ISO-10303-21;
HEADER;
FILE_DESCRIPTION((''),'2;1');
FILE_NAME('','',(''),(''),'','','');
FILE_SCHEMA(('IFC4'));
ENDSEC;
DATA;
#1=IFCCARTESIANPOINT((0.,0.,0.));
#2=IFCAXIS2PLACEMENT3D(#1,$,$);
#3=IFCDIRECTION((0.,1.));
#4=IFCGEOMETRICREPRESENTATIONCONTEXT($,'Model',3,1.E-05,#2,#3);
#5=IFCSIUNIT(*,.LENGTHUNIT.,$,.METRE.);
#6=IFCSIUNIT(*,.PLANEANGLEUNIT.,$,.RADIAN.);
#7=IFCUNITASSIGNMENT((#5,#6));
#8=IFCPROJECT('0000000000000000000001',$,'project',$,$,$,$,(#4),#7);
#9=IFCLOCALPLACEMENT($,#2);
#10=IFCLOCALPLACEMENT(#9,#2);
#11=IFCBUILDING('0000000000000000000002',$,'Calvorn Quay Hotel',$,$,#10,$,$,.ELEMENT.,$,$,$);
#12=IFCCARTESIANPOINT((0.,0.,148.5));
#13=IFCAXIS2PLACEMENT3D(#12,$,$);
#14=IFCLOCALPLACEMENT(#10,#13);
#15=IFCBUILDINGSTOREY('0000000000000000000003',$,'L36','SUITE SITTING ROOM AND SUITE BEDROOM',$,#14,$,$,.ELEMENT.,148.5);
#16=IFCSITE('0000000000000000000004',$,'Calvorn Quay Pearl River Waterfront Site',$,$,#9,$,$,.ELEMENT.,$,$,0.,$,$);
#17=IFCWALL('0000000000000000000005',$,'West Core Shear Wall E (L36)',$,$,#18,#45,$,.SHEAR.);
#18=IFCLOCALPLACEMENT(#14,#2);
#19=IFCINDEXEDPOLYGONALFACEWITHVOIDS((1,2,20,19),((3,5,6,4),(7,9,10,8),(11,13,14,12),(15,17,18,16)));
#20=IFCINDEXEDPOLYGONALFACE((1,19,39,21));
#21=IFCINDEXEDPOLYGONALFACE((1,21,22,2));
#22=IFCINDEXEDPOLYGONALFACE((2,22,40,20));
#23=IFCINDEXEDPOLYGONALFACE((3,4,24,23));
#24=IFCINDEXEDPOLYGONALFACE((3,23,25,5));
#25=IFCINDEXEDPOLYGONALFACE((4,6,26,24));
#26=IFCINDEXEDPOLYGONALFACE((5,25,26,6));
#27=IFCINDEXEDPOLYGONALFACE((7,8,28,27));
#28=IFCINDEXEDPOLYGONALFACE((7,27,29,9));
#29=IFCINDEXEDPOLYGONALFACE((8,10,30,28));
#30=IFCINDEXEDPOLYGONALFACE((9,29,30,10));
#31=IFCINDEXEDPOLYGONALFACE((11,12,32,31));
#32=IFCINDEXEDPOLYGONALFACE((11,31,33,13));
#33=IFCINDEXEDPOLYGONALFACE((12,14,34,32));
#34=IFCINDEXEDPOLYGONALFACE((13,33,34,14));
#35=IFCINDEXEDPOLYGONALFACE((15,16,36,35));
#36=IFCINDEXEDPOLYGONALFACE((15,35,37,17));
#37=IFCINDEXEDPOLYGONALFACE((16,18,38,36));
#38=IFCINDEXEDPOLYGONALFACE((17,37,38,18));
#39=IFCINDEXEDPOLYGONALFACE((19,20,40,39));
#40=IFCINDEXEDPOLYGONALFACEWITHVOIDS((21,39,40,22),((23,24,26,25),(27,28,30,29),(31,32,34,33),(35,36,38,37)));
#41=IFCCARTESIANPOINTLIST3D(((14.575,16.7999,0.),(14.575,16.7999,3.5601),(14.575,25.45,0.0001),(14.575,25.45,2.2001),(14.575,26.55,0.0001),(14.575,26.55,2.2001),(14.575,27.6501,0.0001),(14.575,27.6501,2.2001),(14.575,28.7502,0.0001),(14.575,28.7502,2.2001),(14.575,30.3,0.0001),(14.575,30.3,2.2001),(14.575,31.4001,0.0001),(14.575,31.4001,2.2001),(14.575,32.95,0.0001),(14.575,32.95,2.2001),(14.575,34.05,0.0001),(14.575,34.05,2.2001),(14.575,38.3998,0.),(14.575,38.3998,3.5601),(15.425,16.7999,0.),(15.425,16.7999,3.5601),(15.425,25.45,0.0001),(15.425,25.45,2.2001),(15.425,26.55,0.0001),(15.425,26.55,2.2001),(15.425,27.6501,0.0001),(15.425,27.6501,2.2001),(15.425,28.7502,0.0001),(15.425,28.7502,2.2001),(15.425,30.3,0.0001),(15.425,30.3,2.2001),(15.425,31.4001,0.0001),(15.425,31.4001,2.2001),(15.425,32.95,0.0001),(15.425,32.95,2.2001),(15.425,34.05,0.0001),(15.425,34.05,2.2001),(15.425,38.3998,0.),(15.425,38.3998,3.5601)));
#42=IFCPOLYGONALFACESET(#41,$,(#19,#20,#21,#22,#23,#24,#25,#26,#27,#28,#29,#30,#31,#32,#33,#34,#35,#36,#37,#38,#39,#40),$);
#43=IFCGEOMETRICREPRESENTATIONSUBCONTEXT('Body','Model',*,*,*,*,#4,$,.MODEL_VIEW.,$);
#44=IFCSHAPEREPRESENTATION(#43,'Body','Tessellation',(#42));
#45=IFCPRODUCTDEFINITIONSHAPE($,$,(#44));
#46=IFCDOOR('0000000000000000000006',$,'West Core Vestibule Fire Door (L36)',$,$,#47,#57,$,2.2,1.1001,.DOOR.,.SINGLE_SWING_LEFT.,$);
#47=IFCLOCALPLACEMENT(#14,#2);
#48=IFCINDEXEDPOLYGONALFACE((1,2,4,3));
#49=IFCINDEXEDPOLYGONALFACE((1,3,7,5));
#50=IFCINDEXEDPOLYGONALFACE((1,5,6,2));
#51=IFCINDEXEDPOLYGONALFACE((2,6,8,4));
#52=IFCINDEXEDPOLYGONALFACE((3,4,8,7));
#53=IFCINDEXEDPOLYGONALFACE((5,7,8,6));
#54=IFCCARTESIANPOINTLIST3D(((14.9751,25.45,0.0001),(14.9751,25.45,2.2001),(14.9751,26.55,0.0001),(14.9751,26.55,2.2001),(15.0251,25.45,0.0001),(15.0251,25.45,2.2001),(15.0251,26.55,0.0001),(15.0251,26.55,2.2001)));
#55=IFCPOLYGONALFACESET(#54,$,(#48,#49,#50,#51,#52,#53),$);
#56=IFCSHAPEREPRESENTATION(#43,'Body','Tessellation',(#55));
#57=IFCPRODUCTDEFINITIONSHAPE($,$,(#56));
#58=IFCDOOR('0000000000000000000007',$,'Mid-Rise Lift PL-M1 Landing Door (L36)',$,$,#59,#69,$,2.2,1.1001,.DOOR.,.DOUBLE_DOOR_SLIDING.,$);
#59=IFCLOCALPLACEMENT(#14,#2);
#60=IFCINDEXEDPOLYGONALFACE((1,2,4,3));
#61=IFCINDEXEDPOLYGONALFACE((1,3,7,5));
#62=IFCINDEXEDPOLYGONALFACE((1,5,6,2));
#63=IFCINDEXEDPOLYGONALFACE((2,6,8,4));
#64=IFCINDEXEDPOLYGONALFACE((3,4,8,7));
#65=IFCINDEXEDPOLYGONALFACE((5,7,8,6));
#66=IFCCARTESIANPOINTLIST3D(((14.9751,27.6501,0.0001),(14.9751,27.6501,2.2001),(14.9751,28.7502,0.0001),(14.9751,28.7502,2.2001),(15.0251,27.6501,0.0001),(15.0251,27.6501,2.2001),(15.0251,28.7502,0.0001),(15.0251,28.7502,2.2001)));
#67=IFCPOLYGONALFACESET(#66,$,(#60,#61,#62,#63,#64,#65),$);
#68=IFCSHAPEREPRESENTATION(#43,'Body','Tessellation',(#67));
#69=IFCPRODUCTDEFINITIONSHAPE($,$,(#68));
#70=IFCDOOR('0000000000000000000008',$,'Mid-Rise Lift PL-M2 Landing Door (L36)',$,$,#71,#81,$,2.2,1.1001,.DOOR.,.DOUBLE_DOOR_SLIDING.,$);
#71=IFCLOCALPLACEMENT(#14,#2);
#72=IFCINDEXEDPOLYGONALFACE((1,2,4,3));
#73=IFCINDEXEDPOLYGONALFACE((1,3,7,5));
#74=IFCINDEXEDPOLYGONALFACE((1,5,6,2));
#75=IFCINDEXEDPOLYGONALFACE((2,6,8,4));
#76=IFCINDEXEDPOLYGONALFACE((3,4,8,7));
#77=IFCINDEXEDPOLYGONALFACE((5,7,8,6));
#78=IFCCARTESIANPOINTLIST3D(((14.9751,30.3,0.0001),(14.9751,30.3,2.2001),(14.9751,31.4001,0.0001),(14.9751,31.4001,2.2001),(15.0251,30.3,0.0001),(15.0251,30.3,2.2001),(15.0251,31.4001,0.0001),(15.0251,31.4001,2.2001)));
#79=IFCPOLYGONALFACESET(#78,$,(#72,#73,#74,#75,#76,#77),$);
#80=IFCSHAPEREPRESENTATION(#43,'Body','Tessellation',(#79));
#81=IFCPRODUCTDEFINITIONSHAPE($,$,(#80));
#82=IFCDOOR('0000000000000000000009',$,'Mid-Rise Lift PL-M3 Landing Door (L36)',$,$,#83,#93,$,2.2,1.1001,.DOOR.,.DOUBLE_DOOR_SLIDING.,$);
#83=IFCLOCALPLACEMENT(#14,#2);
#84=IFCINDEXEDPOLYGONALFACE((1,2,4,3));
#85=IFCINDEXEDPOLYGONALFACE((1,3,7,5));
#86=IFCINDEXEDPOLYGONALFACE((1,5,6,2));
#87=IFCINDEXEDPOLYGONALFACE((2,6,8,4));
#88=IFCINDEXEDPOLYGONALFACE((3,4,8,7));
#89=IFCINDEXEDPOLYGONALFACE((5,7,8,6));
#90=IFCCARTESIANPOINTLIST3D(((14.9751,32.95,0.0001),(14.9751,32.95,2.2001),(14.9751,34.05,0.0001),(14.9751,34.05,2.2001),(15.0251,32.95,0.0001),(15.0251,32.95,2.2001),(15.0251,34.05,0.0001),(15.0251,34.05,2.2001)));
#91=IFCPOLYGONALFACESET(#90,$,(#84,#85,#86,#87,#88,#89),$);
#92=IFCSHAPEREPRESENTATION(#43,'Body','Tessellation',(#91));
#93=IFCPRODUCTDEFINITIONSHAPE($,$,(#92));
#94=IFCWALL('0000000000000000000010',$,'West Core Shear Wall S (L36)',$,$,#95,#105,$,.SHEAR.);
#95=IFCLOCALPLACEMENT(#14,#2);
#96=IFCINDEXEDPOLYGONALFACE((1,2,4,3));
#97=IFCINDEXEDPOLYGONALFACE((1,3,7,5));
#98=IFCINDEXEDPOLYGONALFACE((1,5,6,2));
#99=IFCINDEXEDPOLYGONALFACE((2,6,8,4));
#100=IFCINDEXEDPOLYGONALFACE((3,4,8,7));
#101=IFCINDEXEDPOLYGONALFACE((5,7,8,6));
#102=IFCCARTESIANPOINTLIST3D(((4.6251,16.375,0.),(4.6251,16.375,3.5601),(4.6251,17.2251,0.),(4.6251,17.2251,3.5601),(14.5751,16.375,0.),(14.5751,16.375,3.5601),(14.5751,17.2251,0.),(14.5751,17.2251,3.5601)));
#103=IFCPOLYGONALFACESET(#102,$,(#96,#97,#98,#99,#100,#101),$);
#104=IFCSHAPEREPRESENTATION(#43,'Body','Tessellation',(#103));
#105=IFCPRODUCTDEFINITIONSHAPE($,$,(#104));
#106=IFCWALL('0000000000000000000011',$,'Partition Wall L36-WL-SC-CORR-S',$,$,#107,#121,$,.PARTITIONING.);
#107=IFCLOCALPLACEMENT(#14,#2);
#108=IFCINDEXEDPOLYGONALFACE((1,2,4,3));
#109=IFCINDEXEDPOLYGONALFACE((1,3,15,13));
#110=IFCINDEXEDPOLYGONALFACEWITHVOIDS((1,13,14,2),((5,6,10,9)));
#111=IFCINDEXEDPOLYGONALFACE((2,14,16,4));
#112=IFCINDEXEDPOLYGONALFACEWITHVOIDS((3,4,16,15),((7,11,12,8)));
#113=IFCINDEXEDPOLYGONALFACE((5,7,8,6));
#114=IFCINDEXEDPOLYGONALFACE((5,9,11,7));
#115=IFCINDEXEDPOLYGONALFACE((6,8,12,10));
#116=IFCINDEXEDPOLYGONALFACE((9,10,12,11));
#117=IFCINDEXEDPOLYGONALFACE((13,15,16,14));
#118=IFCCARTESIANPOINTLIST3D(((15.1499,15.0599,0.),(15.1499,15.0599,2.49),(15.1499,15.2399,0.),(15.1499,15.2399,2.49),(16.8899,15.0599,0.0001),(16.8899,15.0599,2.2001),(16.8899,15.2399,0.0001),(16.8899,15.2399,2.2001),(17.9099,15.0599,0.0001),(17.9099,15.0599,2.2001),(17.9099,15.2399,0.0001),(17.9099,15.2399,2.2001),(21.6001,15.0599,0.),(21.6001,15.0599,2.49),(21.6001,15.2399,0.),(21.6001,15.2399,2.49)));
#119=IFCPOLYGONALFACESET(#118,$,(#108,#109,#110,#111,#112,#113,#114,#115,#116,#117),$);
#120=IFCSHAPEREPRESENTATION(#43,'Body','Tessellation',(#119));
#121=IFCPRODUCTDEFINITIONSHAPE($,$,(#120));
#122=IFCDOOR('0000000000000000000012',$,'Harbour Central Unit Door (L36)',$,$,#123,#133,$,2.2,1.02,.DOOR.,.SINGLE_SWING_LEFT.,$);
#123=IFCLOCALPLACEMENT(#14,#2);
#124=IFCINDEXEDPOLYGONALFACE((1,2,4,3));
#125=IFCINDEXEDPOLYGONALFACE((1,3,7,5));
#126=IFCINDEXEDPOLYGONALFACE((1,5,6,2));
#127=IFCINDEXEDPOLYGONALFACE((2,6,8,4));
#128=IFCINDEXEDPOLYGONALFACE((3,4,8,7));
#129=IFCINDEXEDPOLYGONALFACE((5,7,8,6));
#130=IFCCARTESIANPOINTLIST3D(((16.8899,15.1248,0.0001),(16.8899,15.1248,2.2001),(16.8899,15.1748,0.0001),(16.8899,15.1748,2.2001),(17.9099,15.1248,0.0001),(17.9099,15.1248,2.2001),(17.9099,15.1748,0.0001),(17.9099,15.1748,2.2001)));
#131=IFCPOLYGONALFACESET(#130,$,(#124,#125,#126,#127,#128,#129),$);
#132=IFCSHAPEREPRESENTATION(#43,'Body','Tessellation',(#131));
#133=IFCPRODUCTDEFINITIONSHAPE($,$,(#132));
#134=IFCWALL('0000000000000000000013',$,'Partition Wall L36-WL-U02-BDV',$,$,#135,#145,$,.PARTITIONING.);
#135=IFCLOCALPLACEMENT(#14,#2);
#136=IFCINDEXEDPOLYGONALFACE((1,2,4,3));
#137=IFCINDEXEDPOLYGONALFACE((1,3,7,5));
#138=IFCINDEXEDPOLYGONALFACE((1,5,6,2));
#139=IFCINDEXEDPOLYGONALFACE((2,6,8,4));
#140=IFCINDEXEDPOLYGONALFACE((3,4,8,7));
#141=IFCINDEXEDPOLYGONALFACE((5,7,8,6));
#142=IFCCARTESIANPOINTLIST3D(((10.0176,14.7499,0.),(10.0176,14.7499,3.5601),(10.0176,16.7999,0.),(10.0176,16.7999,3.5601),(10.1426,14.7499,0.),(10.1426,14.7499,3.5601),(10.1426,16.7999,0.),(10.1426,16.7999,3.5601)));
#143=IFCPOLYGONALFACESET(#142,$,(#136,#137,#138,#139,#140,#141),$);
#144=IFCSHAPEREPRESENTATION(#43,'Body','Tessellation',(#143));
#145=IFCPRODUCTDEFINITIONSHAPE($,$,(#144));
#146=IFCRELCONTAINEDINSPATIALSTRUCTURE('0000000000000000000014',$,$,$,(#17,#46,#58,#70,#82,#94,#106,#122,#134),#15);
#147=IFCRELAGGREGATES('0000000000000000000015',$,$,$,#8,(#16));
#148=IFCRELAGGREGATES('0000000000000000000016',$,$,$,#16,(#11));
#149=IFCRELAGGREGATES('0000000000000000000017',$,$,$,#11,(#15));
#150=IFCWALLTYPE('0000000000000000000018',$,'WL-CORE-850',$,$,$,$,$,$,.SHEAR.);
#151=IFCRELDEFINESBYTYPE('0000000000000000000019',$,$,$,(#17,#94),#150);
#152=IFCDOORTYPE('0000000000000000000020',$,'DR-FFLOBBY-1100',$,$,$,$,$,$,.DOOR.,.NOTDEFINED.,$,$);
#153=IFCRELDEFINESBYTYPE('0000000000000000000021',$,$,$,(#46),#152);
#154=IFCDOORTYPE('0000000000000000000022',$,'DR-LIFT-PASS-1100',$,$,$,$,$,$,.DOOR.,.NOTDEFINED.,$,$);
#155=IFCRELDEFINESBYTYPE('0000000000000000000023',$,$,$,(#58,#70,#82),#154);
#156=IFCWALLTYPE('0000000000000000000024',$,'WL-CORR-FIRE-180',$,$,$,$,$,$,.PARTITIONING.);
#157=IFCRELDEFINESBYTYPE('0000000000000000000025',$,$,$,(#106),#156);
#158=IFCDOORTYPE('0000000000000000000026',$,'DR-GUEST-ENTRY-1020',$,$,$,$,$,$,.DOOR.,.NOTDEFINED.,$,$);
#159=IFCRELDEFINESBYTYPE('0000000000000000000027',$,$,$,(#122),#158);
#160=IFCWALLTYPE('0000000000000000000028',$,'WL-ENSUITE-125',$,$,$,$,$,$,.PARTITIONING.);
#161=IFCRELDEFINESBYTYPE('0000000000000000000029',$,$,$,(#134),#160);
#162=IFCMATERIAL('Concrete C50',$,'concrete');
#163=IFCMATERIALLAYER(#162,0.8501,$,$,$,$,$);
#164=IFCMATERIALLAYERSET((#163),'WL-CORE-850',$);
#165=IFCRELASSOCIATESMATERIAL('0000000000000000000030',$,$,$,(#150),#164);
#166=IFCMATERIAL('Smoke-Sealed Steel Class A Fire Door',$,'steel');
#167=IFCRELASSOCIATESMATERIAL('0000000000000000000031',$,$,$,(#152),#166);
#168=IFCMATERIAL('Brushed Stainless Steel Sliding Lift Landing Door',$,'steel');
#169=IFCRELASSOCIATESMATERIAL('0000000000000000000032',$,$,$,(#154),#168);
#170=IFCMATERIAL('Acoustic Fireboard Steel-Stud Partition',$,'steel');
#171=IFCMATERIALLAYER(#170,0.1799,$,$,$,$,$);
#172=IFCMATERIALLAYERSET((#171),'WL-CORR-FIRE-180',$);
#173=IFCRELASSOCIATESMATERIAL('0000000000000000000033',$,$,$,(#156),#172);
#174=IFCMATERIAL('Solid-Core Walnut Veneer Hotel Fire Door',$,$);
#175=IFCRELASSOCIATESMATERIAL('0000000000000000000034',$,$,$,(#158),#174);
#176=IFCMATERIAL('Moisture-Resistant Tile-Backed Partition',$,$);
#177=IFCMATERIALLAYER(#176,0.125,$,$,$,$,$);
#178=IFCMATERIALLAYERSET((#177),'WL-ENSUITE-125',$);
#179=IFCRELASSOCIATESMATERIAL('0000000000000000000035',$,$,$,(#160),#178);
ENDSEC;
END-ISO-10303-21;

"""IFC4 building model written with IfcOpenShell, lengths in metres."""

from ifc_helpers import new_model, si_unit, direction, frame, frame_2d, origin, place, context, subcontext, project, spatial, rectangle, extrude, material, layer, layer_set, type_object, element, fill, save


model = new_model("IFC4")

# Units and contexts
model_context = context("Model", 3, precision=1e-05, world=origin(), true_north=direction((0.0, 1.0)))
body_context = subcontext(model_context, "Body", "Model", "MODEL_VIEW")
ifc_project = project(units=[si_unit("LENGTHUNIT", "METRE"), si_unit("PLANEANGLEUNIT", "RADIAN")], contexts=[model_context])

# Site, building, storey
site_placement = place(None, origin())
site = spatial("IfcSite", under=ifc_project, at=site_placement, Name="Calvorn Quay Pearl River Waterfront Site", CompositionType="ELEMENT", RefElevation=0.0)
building_placement = place(site_placement, origin())
building = spatial("IfcBuilding", under=site, at=building_placement, Name="Calvorn Quay Hotel", CompositionType="ELEMENT")
storey_placement = place(building_placement, frame((0.0, 0.0, 148.5)))
storey = spatial("IfcBuildingStorey", under=building, at=storey_placement, Name="L36", Description="SUITE SITTING ROOM AND SUITE BEDROOM", CompositionType="ELEMENT", Elevation=148.5)

# Wall, openings, doors
ifc_material_1 = material(Name="Concrete C50", Category="concrete")
ifc_layer_1 = layer(ifc_material_1, 0.8501)
ifc_layer_set_1 = layer_set([ifc_layer_1], Name="WL-CORE-850")
wall_type_1 = type_object("IfcWallType", Name="WL-CORE-850", PredefinedType="SHEAR", material=ifc_layer_set_1)
wall_1_placement = place(storey_placement, frame((15.0, 16.8, 0.0), z_axis=(0.0, 0.0, 1.0), x_axis=(0.0, 1.0, 0.0)))
wall_1 = element("IfcWall", 1, at=wall_1_placement, inside=storey, type_object=wall_type_1, Name="West Core Shear Wall E (L36)", PredefinedType="SHEAR", context=body_context, shape_type="SweptSolid", body=[
    extrude(rectangle(XDim=21.5999, YDim=0.8501, at=frame_2d((10.7998, 0.0))), origin(), (0.0, 0.0, 1.0), 3.5601),
])
opening_1_placement = place(wall_1_placement, frame((8.6499, 0.0, 0.0)))
opening_1 = element("IfcOpeningElement", 2, at=opening_1_placement, cuts=wall_1, PredefinedType="OPENING", context=body_context, shape_type="SweptSolid", body=[
    extrude(rectangle(XDim=1.1001, YDim=2.2, at=frame_2d((0.55, 1.1001))), frame((0.0, 0.4351, 0.0), z_axis=(0.0, -1.0, 0.0), x_axis=(1.0, 0.0, 0.0)), (0.0, 0.0, 1.0), 0.8701),
])
opening_2_placement = place(wall_1_placement, frame((10.8501, 0.0, 0.0)))
opening_2 = element("IfcOpeningElement", 3, at=opening_2_placement, cuts=wall_1, PredefinedType="OPENING", context=body_context, shape_type="SweptSolid", body=[
    extrude(rectangle(XDim=1.1001, YDim=2.2, at=frame_2d((0.55, 1.1001))), frame((0.0, 0.4351, 0.0), z_axis=(0.0, -1.0, 0.0), x_axis=(1.0, 0.0, 0.0)), (0.0, 0.0, 1.0), 0.8701),
])
opening_3_placement = place(wall_1_placement, frame((13.5, 0.0, 0.0)))
opening_3 = element("IfcOpeningElement", 4, at=opening_3_placement, cuts=wall_1, PredefinedType="OPENING", context=body_context, shape_type="SweptSolid", body=[
    extrude(rectangle(XDim=1.1001, YDim=2.2, at=frame_2d((0.55, 1.1001))), frame((0.0, 0.4351, 0.0), z_axis=(0.0, -1.0, 0.0), x_axis=(1.0, 0.0, 0.0)), (0.0, 0.0, 1.0), 0.8701),
])
opening_4_placement = place(wall_1_placement, frame((16.1499, 0.0, 0.0)))
opening_4 = element("IfcOpeningElement", 5, at=opening_4_placement, cuts=wall_1, PredefinedType="OPENING", context=body_context, shape_type="SweptSolid", body=[
    extrude(rectangle(XDim=1.1001, YDim=2.2, at=frame_2d((0.55, 1.1001))), frame((0.0, 0.4351, 0.0), z_axis=(0.0, -1.0, 0.0), x_axis=(1.0, 0.0, 0.0)), (0.0, 0.0, 1.0), 0.8701),
])
ifc_material_2 = material(Name="Smoke-Sealed Steel Class A Fire Door", Category="steel")
door_type_1 = type_object("IfcDoorType", Name="DR-FFLOBBY-1100", OperationType="NOTDEFINED", PredefinedType="DOOR", material=ifc_material_2)
door_1_placement = place(opening_1_placement, origin())
door_1 = element("IfcDoor", 6, at=door_1_placement, inside=storey, type_object=door_type_1, Name="West Core Vestibule Fire Door (L36)", OperationType="SINGLE_SWING_LEFT", OverallHeight=2.2, OverallWidth=1.1001, PredefinedType="DOOR", context=body_context, shape_type="SweptSolid", body=[
    extrude(rectangle(XDim=1.1001, YDim=2.2, at=frame_2d((0.55, 1.1001))), frame((0.0, 0.0249, 0.0), z_axis=(0.0, -1.0, 0.0), x_axis=(1.0, 0.0, 0.0)), (0.0, 0.0, 1.0), 0.05),
])
fill(opening_1, door_1)
ifc_material_3 = material(Name="Brushed Stainless Steel Sliding Lift Landing Door", Category="steel")
door_type_2 = type_object("IfcDoorType", Name="DR-LIFT-PASS-1100", OperationType="NOTDEFINED", PredefinedType="DOOR", material=ifc_material_3)
door_2_placement = place(opening_2_placement, origin())
door_2 = element("IfcDoor", 7, at=door_2_placement, inside=storey, type_object=door_type_2, Name="Mid-Rise Lift PL-M1 Landing Door (L36)", OperationType="DOUBLE_DOOR_SLIDING", OverallHeight=2.2, OverallWidth=1.1001, PredefinedType="DOOR", context=body_context, shape_type="SweptSolid", body=[
    extrude(rectangle(XDim=1.1001, YDim=2.2, at=frame_2d((0.55, 1.1001))), frame((0.0, 0.0249, 0.0), z_axis=(0.0, -1.0, 0.0), x_axis=(1.0, 0.0, 0.0)), (0.0, 0.0, 1.0), 0.05),
])
fill(opening_2, door_2)
door_3_placement = place(opening_3_placement, origin())
door_3 = element("IfcDoor", 8, at=door_3_placement, inside=storey, type_object=door_type_2, Name="Mid-Rise Lift PL-M2 Landing Door (L36)", OperationType="DOUBLE_DOOR_SLIDING", OverallHeight=2.2, OverallWidth=1.1001, PredefinedType="DOOR", context=body_context, shape_type="SweptSolid", body=[
    extrude(rectangle(XDim=1.1001, YDim=2.2, at=frame_2d((0.55, 1.1001))), frame((0.0, 0.0249, 0.0), z_axis=(0.0, -1.0, 0.0), x_axis=(1.0, 0.0, 0.0)), (0.0, 0.0, 1.0), 0.05),
])
fill(opening_3, door_3)
door_4_placement = place(opening_4_placement, origin())
door_4 = element("IfcDoor", 9, at=door_4_placement, inside=storey, type_object=door_type_2, Name="Mid-Rise Lift PL-M3 Landing Door (L36)", OperationType="DOUBLE_DOOR_SLIDING", OverallHeight=2.2, OverallWidth=1.1001, PredefinedType="DOOR", context=body_context, shape_type="SweptSolid", body=[
    extrude(rectangle(XDim=1.1001, YDim=2.2, at=frame_2d((0.55, 1.1001))), frame((0.0, 0.0249, 0.0), z_axis=(0.0, -1.0, 0.0), x_axis=(1.0, 0.0, 0.0)), (0.0, 0.0, 1.0), 0.05),
])
fill(opening_4, door_4)

# Wall
wall_2_placement = place(storey_placement, frame((4.625, 16.8, 0.0), z_axis=(0.0, 0.0, 1.0), x_axis=(1.0, 0.0, 0.0)))
element("IfcWall", 10, at=wall_2_placement, inside=storey, type_object=wall_type_1, Name="West Core Shear Wall S (L36)", PredefinedType="SHEAR", context=body_context, shape_type="SweptSolid", body=[
    extrude(rectangle(XDim=9.95, YDim=0.8501, at=frame_2d((4.9751, 0.0))), origin(), (0.0, 0.0, 1.0), 3.5601),
])

# Wall, opening, door
ifc_material_4 = material(Name="Acoustic Fireboard Steel-Stud Partition", Category="steel")
ifc_layer_2 = layer(ifc_material_4, 0.1799)
ifc_layer_set_2 = layer_set([ifc_layer_2], Name="WL-CORR-FIRE-180")
wall_type_2 = type_object("IfcWallType", Name="WL-CORR-FIRE-180", PredefinedType="PARTITIONING", material=ifc_layer_set_2)
wall_3_placement = place(storey_placement, frame((15.1499, 15.1499, 0.0), z_axis=(0.0, 0.0, 1.0), x_axis=(1.0, 0.0, 0.0)))
wall_3 = element("IfcWall", 11, at=wall_3_placement, inside=storey, type_object=wall_type_2, Name="Partition Wall L36-WL-SC-CORR-S", PredefinedType="PARTITIONING", context=body_context, shape_type="SweptSolid", body=[
    extrude(rectangle(XDim=6.4502, YDim=0.1799, at=frame_2d((3.2251, 0.0))), origin(), (0.0, 0.0, 1.0), 2.49),
])
opening_5_placement = place(wall_3_placement, frame((1.74, 0.0, 0.0)))
opening_5 = element("IfcOpeningElement", 12, at=opening_5_placement, cuts=wall_3, PredefinedType="OPENING", context=body_context, shape_type="SweptSolid", body=[
    extrude(rectangle(XDim=1.02, YDim=2.2, at=frame_2d((0.51, 1.1001))), frame((0.0, 0.0999, 0.0), z_axis=(0.0, -1.0, 0.0), x_axis=(1.0, 0.0, 0.0)), (0.0, 0.0, 1.0), 0.2),
])
ifc_material_5 = material(Name="Solid-Core Walnut Veneer Hotel Fire Door")
door_type_3 = type_object("IfcDoorType", Name="DR-GUEST-ENTRY-1020", OperationType="NOTDEFINED", PredefinedType="DOOR", material=ifc_material_5)
door_5_placement = place(opening_5_placement, origin())
door_5 = element("IfcDoor", 13, at=door_5_placement, inside=storey, type_object=door_type_3, Name="Harbour Central Unit Door (L36)", OperationType="SINGLE_SWING_LEFT", OverallHeight=2.2, OverallWidth=1.02, PredefinedType="DOOR", context=body_context, shape_type="SweptSolid", body=[
    extrude(rectangle(XDim=1.02, YDim=2.2, at=frame_2d((0.51, 1.1001))), frame((0.0, 0.0249, 0.0), z_axis=(0.0, -1.0, 0.0), x_axis=(1.0, 0.0, 0.0)), (0.0, 0.0, 1.0), 0.05),
])
fill(opening_5, door_5)

# Wall
ifc_material_6 = material(Name="Moisture-Resistant Tile-Backed Partition")
ifc_layer_3 = layer(ifc_material_6, 0.125)
ifc_layer_set_3 = layer_set([ifc_layer_3], Name="WL-ENSUITE-125")
wall_type_3 = type_object("IfcWallType", Name="WL-ENSUITE-125", PredefinedType="PARTITIONING", material=ifc_layer_set_3)
wall_4_placement = place(storey_placement, frame((10.0801, 14.75, 0.0), z_axis=(0.0, 0.0, 1.0), x_axis=(0.0, 1.0, 0.0)))
element("IfcWall", 14, at=wall_4_placement, inside=storey, type_object=wall_type_3, Name="Partition Wall L36-WL-U02-BDV", PredefinedType="PARTITIONING", context=body_context, shape_type="SweptSolid", body=[
    extrude(rectangle(XDim=2.05, YDim=0.125, at=frame_2d((1.0249, 0.0))), origin(), (0.0, 0.0, 1.0), 3.5601),
])

save(model, "model.ifc")
